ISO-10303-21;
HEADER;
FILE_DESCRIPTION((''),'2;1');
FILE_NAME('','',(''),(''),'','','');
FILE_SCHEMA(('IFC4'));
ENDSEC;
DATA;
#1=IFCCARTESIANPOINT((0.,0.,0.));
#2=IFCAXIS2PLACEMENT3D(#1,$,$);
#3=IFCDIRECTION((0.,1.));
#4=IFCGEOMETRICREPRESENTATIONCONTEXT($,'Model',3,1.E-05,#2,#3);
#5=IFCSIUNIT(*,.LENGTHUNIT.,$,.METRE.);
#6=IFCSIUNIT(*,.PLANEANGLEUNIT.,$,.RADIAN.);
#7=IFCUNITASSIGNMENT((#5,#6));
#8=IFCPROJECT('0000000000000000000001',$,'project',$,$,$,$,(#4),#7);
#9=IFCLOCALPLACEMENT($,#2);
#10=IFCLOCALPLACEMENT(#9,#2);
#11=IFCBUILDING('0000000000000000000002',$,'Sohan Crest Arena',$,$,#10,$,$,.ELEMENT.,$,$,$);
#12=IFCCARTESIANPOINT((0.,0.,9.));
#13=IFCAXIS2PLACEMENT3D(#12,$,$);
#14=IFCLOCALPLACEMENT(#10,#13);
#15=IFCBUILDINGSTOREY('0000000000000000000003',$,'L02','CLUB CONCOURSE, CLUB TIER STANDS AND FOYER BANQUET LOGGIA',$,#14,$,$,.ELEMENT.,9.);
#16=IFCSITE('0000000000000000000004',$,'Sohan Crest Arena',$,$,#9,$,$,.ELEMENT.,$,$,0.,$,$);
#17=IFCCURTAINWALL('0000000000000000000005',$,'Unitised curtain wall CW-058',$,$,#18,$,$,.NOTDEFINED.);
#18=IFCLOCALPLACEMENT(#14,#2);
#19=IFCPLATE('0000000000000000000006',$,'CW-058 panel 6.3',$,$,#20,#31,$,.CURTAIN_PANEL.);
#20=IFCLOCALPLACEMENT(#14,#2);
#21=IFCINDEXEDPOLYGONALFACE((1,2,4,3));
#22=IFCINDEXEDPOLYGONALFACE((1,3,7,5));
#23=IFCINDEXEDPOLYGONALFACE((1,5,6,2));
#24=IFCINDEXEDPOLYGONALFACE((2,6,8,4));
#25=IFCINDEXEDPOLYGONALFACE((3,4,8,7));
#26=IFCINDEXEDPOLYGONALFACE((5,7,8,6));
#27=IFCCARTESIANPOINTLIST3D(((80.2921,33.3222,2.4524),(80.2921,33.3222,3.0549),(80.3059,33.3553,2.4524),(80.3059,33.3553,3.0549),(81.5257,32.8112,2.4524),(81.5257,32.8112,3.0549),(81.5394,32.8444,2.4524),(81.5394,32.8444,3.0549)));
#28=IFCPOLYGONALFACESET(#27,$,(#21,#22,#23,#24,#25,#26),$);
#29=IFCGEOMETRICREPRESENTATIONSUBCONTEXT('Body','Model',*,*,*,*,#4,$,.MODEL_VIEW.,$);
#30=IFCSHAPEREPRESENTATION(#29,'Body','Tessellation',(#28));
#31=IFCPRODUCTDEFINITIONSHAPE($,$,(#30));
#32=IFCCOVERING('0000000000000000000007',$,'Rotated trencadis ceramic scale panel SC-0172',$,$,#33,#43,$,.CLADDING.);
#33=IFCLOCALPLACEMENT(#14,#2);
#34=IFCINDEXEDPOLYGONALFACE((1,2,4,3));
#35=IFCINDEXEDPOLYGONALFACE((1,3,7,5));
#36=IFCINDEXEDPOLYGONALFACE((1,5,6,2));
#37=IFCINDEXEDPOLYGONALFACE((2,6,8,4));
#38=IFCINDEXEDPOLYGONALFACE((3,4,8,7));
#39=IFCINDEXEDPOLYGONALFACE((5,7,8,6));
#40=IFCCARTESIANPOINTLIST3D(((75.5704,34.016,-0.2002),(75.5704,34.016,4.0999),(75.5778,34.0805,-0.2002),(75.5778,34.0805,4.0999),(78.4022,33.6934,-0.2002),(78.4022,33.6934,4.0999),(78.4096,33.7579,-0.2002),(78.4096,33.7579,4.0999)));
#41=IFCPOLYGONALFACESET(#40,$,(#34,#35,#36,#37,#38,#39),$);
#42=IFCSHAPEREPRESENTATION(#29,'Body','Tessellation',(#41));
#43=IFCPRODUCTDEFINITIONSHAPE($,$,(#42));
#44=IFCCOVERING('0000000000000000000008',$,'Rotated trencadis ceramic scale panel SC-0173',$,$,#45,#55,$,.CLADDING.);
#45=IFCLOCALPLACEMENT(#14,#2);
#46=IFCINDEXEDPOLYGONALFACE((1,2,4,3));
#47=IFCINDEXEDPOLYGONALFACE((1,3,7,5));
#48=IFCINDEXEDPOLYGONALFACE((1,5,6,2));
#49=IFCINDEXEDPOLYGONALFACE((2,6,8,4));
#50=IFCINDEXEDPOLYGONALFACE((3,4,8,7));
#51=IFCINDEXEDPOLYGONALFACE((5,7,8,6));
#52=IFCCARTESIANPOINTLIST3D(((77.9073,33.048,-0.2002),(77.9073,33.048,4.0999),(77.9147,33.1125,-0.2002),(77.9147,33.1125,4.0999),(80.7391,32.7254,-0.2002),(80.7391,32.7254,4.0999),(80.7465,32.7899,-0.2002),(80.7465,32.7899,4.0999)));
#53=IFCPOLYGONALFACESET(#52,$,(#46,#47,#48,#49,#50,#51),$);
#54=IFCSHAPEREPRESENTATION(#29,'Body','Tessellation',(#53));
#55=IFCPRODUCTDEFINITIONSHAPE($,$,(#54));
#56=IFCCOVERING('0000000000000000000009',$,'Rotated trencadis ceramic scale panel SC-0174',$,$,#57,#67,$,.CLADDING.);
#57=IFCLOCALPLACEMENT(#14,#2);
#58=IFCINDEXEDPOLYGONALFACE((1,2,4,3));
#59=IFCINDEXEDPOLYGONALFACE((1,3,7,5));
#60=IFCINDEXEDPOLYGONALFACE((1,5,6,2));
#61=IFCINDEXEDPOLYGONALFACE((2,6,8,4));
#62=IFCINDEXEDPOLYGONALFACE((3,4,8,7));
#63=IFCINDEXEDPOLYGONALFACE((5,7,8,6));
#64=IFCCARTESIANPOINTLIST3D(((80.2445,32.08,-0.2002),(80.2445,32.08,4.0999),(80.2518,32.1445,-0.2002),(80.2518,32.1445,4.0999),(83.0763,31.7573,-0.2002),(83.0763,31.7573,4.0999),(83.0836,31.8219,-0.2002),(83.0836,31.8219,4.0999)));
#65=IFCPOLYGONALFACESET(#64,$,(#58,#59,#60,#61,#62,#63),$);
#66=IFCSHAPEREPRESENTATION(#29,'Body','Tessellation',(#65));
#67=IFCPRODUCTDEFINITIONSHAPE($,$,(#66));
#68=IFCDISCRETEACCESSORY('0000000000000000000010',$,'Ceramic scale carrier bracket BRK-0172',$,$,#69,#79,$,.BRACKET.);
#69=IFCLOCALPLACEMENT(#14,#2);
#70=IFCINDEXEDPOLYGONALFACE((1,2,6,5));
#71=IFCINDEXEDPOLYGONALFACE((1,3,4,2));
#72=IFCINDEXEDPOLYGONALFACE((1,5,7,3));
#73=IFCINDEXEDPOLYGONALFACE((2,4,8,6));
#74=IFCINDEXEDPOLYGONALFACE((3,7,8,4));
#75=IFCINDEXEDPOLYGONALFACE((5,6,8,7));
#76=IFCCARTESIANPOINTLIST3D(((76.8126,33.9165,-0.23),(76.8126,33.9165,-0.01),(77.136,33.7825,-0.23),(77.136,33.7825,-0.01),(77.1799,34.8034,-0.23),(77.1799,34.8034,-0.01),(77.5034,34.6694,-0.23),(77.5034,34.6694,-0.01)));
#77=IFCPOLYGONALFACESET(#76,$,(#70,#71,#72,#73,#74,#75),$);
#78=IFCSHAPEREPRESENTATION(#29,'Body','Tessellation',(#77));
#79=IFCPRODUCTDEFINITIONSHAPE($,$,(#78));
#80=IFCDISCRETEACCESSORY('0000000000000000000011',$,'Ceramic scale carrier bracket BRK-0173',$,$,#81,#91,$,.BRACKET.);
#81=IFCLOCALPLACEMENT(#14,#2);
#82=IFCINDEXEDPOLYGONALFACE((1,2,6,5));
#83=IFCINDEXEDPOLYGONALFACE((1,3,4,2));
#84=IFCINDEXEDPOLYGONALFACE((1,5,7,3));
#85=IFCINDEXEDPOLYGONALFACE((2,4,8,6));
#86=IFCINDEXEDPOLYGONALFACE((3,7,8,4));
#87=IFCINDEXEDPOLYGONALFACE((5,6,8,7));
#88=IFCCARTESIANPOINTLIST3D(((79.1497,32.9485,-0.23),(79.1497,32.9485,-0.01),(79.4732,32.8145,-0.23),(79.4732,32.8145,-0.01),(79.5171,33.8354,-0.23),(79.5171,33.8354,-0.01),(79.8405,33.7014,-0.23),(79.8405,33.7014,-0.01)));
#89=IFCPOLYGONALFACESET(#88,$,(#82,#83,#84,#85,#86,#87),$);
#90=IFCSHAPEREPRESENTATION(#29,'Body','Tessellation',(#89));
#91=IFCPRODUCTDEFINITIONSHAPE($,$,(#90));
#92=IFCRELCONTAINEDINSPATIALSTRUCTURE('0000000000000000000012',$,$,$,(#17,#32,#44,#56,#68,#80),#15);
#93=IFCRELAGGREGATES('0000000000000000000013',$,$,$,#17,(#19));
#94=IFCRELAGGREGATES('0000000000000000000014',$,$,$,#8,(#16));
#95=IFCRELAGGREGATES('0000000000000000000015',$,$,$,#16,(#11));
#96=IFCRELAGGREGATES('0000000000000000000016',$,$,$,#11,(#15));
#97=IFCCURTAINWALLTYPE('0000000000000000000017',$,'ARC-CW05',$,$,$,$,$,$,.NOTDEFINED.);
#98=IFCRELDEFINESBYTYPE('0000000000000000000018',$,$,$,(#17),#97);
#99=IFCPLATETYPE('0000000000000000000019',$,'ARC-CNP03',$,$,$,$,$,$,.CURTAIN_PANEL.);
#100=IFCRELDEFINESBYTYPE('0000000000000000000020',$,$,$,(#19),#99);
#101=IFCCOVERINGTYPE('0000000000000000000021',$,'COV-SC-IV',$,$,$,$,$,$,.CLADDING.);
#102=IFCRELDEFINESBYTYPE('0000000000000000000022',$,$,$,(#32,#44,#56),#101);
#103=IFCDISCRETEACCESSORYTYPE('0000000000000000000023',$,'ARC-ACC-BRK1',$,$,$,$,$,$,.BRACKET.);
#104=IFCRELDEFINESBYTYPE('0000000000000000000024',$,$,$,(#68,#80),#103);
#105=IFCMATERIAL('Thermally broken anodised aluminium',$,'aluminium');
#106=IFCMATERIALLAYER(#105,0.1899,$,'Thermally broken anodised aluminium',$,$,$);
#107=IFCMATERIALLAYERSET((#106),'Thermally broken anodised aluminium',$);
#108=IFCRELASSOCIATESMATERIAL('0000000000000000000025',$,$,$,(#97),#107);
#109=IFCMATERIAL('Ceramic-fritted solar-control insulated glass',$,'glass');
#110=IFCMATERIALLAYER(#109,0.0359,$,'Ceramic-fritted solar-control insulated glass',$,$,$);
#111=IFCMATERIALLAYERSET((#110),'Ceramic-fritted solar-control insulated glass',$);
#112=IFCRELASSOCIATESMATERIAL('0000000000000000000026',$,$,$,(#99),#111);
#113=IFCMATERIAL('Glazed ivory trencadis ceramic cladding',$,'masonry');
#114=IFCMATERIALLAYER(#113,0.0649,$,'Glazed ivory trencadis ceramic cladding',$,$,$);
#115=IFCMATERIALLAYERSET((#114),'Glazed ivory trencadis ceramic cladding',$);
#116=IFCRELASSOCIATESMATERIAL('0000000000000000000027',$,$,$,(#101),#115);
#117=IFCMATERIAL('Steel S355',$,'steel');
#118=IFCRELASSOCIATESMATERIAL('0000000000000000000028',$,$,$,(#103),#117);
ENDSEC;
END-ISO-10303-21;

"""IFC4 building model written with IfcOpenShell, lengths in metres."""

from ifc_helpers import new_model, si_unit, direction, frame, origin, origin_2d, place, context, subcontext, project, spatial, rectangle, extrude, material, layer, layer_set, type_object, element, aggregate, save


model = new_model("IFC4")

# Units and contexts
model_context = context("Model", 3, precision=1e-05, world=origin(), true_north=direction((0.0, 1.0)))
body_context = subcontext(model_context, "Body", "Model", "MODEL_VIEW")
ifc_project = project(units=[si_unit("LENGTHUNIT", "METRE"), si_unit("PLANEANGLEUNIT", "RADIAN")], contexts=[model_context])

# Site, building, storey
site_placement = place(None, origin())
site = spatial("IfcSite", under=ifc_project, at=site_placement, Name="Sohan Crest Arena", CompositionType="ELEMENT", RefElevation=0.0)
building_placement = place(site_placement, origin())
building = spatial("IfcBuilding", under=site, at=building_placement, Name="Sohan Crest Arena", CompositionType="ELEMENT")
storey_placement = place(building_placement, frame((0.0, 0.0, 9.0)))
storey = spatial("IfcBuildingStorey", under=building, at=storey_placement, Name="L02", Description="CLUB CONCOURSE, CLUB TIER STANDS AND FOYER BANQUET LOGGIA", CompositionType="ELEMENT", Elevation=9.0)

# Curtain wall, plate
ifc_material_1 = material(Name="Thermally broken anodised aluminium", Category="aluminium")
ifc_layer_1 = layer(ifc_material_1, 0.1899, Name="Thermally broken anodised aluminium")
ifc_layer_set_1 = layer_set([ifc_layer_1], Name="Thermally broken anodised aluminium")
curtain_wall_type = type_object("IfcCurtainWallType", Name="ARC-CW05", PredefinedType="NOTDEFINED", material=ifc_layer_set_1)
curtain_wall_placement = place(storey_placement, origin())
curtain_wall = element("IfcCurtainWall", 1, at=curtain_wall_placement, inside=storey, type_object=curtain_wall_type, Name="Unitised curtain wall CW-058", PredefinedType="NOTDEFINED")
ifc_material_2 = material(Name="Ceramic-fritted solar-control insulated glass", Category="glass")
ifc_layer_2 = layer(ifc_material_2, 0.0359, Name="Ceramic-fritted solar-control insulated glass")
ifc_layer_set_2 = layer_set([ifc_layer_2], Name="Ceramic-fritted solar-control insulated glass")
plate_type = type_object("IfcPlateType", Name="ARC-CNP03", PredefinedType="CURTAIN_PANEL", material=ifc_layer_set_2)
plate_1_placement = place(storey_placement, frame((80.9158, 33.0833, 2.4524), z_axis=(0.0, 0.0, 1.0), x_axis=(0.923882, -0.382678, 0.0)))
plate_1 = element("IfcPlate", 2, at=plate_1_placement, type_object=plate_type, Name="CW-058 panel 6.3", PredefinedType="CURTAIN_PANEL", context=body_context, shape_type="SweptSolid", body=[
    extrude(rectangle(XDim=1.3352, YDim=0.0359, at=origin_2d()), origin(), (0.0, 0.0, 1.0), 0.6025),
])
aggregate(curtain_wall, [plate_1])

# Coverings
ifc_material_3 = material(Name="Glazed ivory trencadis ceramic cladding", Category="masonry")
ifc_layer_3 = layer(ifc_material_3, 0.0649, Name="Glazed ivory trencadis ceramic cladding")
ifc_layer_set_3 = layer_set([ifc_layer_3], Name="Glazed ivory trencadis ceramic cladding")
covering_type = type_object("IfcCoveringType", Name="COV-SC-IV", PredefinedType="CLADDING", material=ifc_layer_set_3)
for number, where, z_axis, x_axis, name in (
    (3, (76.99, 33.887, -0.2002), (0.0, 0.0, 1.0), (0.993572, -0.113203, 0.0), "Rotated trencadis ceramic scale panel SC-0172"),
    (4, (79.3269, 32.9189, -0.2002), (0.0, 0.0, 1.0), (0.993572, -0.113203, 0.0), "Rotated trencadis ceramic scale panel SC-0173"),
    (5, (81.6641, 31.9509, -0.2002), (0.0, 0.0, 1.0), (0.993572, -0.113203, 0.0), "Rotated trencadis ceramic scale panel SC-0174"),
):
    element("IfcCovering", number, at=place(storey_placement, frame(where, z_axis=z_axis, x_axis=x_axis)), inside=storey, type_object=covering_type, Name=name, PredefinedType="CLADDING", context=body_context, shape_type="SweptSolid", body=[
        extrude(rectangle(XDim=2.8501, YDim=0.0649, at=origin_2d()), origin(), (0.0, 0.0, 1.0), 4.3),
    ])

# Discrete accessories
ifc_material_4 = material(Name="Steel S355", Category="steel")
discrete_accessory_type = type_object("IfcDiscreteAccessoryType", Name="ARC-ACC-BRK1", PredefinedType="BRACKET", material=ifc_material_4)
for number, where, z_axis, x_axis, name in (
    (6, (77.158, 34.293, -0.23), (0.0, 0.0, 1.0), (0.92388, -0.382683, 0.0), "Ceramic scale carrier bracket BRK-0172"),
    (7, (79.4951, 33.325, -0.23), (0.0, 0.0, 1.0), (0.92388, -0.382683, 0.0), "Ceramic scale carrier bracket BRK-0173"),
):
    element("IfcDiscreteAccessory", number, at=place(storey_placement, frame(where, z_axis=z_axis, x_axis=x_axis)), inside=storey, type_object=discrete_accessory_type, Name=name, PredefinedType="BRACKET", context=body_context, shape_type="SweptSolid", body=[
        extrude(rectangle(XDim=0.3501, YDim=0.96, at=origin_2d()), origin(), (0.0, 0.0, 1.0), 0.22),
    ])

save(model, "model.ifc")
